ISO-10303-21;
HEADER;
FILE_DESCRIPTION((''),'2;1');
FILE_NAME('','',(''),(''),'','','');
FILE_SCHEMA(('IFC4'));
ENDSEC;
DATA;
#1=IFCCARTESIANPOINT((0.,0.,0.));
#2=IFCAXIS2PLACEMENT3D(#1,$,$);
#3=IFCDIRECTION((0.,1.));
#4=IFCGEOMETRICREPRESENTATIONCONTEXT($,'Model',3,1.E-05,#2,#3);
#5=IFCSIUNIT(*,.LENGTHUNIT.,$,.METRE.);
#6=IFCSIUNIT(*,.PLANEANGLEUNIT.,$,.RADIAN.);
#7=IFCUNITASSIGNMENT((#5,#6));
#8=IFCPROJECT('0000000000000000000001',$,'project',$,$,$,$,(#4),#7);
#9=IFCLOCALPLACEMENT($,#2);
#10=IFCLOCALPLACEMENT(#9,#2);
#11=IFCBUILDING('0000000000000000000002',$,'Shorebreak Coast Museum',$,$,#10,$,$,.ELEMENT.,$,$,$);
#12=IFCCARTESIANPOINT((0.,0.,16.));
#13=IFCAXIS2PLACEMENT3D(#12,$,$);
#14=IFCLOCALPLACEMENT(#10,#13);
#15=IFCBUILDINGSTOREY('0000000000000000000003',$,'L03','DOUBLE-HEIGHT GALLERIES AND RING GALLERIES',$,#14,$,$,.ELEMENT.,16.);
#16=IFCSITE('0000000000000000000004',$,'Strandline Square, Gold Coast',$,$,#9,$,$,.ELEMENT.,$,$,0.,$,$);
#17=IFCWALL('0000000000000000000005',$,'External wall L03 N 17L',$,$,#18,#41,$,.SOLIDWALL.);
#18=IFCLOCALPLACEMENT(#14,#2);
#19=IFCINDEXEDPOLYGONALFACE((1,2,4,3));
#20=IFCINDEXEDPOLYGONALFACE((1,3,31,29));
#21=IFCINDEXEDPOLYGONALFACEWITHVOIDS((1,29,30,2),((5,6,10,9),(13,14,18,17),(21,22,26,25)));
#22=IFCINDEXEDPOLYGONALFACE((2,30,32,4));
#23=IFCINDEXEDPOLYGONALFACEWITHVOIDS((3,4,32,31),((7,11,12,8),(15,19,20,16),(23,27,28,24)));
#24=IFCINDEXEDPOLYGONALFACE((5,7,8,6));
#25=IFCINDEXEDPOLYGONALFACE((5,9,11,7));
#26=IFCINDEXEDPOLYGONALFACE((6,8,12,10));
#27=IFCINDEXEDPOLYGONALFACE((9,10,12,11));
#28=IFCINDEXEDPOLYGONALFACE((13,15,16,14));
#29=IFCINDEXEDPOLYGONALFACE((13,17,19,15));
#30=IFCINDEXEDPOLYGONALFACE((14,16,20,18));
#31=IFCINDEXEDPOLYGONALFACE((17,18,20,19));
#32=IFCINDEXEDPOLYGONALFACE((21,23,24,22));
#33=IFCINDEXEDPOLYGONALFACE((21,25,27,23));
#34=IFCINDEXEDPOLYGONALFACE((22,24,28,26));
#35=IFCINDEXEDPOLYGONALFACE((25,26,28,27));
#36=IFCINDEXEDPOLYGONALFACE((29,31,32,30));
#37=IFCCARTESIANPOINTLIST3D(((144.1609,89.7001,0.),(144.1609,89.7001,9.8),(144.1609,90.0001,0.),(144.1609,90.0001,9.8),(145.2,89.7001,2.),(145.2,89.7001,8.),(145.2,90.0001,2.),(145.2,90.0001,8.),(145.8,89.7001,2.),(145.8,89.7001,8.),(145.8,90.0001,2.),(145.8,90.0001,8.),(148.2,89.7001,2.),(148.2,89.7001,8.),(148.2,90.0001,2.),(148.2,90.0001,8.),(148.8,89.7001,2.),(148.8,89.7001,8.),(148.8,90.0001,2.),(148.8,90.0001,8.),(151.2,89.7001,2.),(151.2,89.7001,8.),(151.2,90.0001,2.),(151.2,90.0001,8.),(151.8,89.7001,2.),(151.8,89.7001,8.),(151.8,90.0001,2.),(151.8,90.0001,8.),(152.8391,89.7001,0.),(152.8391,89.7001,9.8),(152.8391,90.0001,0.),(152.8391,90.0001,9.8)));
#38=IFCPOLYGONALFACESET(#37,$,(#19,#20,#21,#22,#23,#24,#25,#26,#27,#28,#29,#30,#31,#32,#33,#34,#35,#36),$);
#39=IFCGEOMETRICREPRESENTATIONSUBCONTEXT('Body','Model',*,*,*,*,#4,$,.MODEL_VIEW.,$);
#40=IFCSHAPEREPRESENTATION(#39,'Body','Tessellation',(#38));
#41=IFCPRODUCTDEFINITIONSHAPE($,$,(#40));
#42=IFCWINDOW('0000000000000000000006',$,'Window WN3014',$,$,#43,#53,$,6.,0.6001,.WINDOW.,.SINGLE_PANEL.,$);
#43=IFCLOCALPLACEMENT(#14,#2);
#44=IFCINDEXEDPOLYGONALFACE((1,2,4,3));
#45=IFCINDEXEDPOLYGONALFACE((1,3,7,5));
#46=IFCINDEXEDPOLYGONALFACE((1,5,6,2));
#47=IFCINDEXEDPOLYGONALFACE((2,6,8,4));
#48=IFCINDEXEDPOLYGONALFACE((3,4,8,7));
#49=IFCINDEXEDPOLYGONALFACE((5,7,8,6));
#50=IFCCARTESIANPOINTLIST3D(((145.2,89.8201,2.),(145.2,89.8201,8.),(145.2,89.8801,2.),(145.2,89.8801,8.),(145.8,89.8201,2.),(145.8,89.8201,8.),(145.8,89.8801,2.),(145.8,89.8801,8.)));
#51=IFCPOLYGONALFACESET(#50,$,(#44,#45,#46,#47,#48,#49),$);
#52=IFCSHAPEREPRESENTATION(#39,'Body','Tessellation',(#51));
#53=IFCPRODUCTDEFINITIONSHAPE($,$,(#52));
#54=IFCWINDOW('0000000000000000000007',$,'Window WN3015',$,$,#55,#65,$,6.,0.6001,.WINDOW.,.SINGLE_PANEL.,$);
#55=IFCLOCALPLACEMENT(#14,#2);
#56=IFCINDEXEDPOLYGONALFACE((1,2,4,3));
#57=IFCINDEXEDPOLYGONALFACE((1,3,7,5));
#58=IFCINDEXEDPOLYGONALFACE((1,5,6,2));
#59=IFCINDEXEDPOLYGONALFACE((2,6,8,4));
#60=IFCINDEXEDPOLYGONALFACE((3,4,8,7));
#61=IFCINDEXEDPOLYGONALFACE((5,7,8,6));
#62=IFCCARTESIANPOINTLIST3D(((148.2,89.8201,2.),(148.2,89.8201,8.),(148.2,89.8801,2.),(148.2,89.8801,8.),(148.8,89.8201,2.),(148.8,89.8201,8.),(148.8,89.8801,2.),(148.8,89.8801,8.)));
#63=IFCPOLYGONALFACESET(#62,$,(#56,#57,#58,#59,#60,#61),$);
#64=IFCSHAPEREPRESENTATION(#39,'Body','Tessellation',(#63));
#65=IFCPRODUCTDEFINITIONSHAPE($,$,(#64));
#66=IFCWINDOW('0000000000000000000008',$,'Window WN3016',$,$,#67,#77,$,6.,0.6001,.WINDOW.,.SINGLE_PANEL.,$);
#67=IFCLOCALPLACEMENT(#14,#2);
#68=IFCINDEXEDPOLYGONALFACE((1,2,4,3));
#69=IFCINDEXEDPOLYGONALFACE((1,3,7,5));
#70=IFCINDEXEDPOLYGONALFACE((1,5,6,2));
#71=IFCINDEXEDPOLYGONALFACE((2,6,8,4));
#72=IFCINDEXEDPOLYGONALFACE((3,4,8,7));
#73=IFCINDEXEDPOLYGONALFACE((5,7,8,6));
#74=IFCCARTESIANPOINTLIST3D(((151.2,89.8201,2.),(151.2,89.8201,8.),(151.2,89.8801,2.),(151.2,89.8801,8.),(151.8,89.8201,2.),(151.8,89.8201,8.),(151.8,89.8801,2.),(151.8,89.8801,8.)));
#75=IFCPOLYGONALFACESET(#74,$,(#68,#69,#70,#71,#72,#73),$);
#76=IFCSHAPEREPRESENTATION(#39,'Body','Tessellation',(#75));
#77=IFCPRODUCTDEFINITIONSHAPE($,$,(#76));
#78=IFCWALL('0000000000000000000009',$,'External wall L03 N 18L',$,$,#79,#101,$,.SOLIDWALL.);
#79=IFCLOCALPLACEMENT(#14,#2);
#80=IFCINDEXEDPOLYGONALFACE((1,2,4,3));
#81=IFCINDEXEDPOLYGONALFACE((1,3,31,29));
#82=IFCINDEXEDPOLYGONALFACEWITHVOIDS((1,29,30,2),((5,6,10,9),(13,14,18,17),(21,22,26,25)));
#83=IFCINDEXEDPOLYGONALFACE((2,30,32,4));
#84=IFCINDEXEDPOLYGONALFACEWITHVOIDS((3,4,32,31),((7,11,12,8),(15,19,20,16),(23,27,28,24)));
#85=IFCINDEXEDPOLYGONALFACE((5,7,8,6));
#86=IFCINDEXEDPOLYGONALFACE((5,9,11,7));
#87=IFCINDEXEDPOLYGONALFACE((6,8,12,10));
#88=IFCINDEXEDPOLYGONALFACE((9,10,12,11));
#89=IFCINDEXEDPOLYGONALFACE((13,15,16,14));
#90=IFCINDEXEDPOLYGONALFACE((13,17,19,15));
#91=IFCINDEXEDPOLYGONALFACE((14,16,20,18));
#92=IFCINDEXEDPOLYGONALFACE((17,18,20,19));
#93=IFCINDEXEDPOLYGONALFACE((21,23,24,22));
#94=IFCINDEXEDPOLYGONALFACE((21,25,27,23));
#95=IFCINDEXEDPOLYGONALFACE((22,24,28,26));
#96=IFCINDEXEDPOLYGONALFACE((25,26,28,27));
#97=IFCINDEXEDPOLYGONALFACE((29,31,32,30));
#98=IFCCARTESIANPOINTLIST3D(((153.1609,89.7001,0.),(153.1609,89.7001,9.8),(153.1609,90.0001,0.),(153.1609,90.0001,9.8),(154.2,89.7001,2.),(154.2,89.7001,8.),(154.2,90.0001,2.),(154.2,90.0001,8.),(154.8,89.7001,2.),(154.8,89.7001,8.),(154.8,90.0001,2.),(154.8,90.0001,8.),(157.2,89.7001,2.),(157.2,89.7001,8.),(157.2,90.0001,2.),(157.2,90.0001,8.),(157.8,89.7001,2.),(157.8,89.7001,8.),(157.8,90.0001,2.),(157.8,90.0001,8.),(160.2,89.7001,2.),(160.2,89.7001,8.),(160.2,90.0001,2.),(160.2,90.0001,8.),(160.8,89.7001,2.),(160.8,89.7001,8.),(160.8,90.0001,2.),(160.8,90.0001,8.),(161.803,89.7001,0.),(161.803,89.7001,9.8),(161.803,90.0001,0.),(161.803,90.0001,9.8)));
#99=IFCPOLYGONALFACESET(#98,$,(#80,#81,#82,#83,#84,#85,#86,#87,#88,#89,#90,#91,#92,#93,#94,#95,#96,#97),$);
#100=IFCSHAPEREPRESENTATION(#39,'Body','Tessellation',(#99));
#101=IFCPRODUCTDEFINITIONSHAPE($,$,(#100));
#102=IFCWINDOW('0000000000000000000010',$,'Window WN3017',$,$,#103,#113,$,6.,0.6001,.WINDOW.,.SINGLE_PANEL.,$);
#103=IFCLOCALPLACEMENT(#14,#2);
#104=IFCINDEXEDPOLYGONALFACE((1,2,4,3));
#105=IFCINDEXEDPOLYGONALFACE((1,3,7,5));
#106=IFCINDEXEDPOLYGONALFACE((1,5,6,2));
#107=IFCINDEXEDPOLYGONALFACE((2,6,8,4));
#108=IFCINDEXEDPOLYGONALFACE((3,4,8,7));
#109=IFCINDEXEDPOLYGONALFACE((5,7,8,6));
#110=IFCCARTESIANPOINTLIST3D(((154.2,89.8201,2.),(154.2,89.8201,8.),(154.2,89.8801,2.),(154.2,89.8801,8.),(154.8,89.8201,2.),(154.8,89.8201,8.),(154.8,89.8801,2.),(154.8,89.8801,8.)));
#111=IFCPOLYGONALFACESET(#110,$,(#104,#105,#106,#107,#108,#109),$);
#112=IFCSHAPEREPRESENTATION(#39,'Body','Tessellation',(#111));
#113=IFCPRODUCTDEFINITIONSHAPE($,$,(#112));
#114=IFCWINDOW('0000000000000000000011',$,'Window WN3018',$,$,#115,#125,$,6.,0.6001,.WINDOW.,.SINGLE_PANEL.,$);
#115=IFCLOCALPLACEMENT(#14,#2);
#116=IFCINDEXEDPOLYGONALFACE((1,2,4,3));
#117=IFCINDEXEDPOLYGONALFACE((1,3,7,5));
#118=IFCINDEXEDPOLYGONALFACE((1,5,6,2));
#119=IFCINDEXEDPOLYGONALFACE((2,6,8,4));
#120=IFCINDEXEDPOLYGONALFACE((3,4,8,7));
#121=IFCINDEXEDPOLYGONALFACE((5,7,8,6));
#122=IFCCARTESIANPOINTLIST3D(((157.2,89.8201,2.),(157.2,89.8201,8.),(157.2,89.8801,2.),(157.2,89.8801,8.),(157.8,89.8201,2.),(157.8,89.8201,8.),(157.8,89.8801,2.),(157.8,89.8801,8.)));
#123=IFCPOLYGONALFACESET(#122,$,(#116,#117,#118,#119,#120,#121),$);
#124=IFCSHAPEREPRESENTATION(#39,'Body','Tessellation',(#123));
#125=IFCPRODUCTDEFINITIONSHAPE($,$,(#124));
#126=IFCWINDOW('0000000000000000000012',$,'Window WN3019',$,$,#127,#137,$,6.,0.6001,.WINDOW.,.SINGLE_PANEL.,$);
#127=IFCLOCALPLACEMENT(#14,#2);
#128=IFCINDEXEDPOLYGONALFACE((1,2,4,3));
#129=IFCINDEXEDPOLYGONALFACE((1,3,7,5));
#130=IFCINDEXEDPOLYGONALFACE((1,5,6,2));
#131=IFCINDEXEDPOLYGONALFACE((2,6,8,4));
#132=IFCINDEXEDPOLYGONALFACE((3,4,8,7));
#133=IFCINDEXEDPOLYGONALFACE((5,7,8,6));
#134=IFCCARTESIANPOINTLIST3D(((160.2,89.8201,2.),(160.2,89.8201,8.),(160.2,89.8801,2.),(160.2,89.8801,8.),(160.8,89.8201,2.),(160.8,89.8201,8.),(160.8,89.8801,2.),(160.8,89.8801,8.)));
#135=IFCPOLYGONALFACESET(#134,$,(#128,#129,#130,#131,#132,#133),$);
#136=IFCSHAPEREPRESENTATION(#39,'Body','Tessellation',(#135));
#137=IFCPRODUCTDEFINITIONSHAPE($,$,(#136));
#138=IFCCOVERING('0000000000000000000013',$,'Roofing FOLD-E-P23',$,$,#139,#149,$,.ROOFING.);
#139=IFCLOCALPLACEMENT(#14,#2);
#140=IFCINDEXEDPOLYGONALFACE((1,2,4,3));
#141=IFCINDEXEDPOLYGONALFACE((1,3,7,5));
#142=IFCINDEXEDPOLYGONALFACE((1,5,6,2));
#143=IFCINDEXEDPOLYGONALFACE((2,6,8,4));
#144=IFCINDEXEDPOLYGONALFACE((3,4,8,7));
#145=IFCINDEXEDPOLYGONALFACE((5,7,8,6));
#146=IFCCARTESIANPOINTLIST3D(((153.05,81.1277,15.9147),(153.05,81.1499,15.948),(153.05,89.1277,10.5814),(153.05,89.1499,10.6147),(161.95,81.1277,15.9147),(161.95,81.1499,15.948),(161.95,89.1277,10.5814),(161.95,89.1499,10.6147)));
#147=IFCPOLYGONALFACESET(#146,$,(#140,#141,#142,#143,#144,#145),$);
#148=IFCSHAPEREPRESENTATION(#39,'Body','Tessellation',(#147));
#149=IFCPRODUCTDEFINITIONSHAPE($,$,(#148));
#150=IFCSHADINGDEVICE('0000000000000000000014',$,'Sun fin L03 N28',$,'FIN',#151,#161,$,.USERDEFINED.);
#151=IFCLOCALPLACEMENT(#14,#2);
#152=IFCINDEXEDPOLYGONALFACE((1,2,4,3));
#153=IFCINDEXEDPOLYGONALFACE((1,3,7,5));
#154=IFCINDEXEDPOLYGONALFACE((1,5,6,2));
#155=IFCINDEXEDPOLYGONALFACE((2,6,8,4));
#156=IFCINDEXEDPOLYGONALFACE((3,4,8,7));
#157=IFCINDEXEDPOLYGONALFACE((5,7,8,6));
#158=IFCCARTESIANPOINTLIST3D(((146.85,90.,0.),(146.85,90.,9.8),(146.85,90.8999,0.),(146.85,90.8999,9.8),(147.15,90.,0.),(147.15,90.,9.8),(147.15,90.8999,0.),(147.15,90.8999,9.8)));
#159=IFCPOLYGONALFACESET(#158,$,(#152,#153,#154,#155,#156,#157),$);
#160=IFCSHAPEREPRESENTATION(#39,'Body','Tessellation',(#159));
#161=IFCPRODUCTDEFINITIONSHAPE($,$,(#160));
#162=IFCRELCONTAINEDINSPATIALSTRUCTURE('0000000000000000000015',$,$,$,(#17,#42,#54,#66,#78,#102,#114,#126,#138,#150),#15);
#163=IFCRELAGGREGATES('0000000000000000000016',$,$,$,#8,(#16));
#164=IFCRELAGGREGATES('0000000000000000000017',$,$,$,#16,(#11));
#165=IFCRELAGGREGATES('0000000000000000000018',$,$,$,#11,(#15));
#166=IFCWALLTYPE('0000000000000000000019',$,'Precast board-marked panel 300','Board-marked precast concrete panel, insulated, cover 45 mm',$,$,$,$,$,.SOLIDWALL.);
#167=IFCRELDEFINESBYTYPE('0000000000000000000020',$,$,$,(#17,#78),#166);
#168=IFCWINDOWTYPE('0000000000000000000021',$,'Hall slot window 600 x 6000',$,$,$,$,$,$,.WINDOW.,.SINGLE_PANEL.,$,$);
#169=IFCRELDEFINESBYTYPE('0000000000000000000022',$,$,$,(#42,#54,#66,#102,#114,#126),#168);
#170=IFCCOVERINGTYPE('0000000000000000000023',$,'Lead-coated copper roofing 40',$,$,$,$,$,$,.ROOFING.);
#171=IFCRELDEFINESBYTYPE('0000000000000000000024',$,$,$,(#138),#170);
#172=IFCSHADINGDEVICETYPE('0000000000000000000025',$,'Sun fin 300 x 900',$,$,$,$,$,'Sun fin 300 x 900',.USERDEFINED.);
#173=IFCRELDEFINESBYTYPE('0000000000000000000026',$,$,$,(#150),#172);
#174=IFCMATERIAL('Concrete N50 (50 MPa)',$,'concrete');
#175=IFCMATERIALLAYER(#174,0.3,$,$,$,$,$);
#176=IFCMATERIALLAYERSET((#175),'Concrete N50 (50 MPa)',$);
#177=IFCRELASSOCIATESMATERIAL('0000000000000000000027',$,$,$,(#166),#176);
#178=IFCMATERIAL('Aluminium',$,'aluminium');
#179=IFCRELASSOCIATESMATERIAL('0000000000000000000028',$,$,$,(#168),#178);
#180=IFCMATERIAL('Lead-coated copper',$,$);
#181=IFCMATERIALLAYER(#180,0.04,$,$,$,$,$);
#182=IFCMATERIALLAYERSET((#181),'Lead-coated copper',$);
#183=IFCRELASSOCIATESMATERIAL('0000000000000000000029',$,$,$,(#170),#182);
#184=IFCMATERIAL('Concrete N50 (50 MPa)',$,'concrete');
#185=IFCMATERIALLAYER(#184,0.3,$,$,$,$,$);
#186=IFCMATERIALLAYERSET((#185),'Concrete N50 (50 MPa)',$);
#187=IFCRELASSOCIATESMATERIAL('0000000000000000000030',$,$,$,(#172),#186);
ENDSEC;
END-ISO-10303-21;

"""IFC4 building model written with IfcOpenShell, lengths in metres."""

from ifc_helpers import new_model, si_unit, direction, frame, frame_2d, origin, origin_2d, place, context, subcontext, project, spatial, polyline, rectangle, outline, extrude, material, layer, layer_set, type_object, element, fill, save


model = new_model("IFC4")

# Units and contexts
model_context = context("Model", 3, precision=1e-05, world=origin(), true_north=direction((0.0, 1.0)))
body_context = subcontext(model_context, "Body", "Model", "MODEL_VIEW")
ifc_project = project(units=[si_unit("LENGTHUNIT", "METRE"), si_unit("PLANEANGLEUNIT", "RADIAN")], contexts=[model_context])

# Site, building, storey
site_placement = place(None, origin())
site = spatial("IfcSite", under=ifc_project, at=site_placement, Name="Strandline Square, Gold Coast", CompositionType="ELEMENT", RefElevation=0.0)
building_placement = place(site_placement, origin())
building = spatial("IfcBuilding", under=site, at=building_placement, Name="Shorebreak Coast Museum", CompositionType="ELEMENT")
storey_placement = place(building_placement, frame((0.0, 0.0, 16.0)))
storey = spatial("IfcBuildingStorey", under=building, at=storey_placement, Name="L03", Description="DOUBLE-HEIGHT GALLERIES AND RING GALLERIES", CompositionType="ELEMENT", Elevation=16.0)

# Walls, openings, windows
ifc_material_1 = material(Name="Concrete N50 (50 MPa)", Category="concrete")
ifc_layer_1 = layer(ifc_material_1, 0.3)
ifc_layer_set_1 = layer_set([ifc_layer_1], Name="Concrete N50 (50 MPa)")
wall_type_1 = type_object("IfcWallType", Name="Precast board-marked panel 300", Description="Board-marked precast concrete panel, insulated, cover 45 mm", PredefinedType="SOLIDWALL", material=ifc_layer_set_1)
wall_1_placement = place(storey_placement, frame((144.1609, 89.8501, 0.0), z_axis=(0.0, 0.0, 1.0), x_axis=(1.0, 0.0, 0.0)))
wall_1 = element("IfcWall", 1, at=wall_1_placement, inside=storey, type_object=wall_type_1, Name="External wall L03 N 17L", PredefinedType="SOLIDWALL", context=body_context, shape_type="SweptSolid", body=[
    extrude(rectangle(XDim=8.6782, YDim=0.3, at=frame_2d((4.3391, 0.0))), origin(), (0.0, 0.0, 1.0), 9.8),
])
opening_1_placement = place(wall_1_placement, frame((1.0391, 0.0, 2.0)))
opening_1 = element("IfcOpeningElement", 2, at=opening_1_placement, cuts=wall_1, PredefinedType="OPENING", context=body_context, shape_type="SweptSolid", body=[
    extrude(rectangle(XDim=0.6001, YDim=6.0, at=frame_2d((0.3, 3.0))), frame((0.0, 0.1599, 0.0), z_axis=(0.0, -1.0, 0.0), x_axis=(1.0, 0.0, 0.0)), (0.0, 0.0, 1.0), 0.3201),
])
opening_2_placement = place(wall_1_placement, frame((4.0391, 0.0, 2.0)))
opening_2 = element("IfcOpeningElement", 3, at=opening_2_placement, cuts=wall_1, PredefinedType="OPENING", context=body_context, shape_type="SweptSolid", body=[
    extrude(rectangle(XDim=0.6001, YDim=6.0, at=frame_2d((0.3, 3.0))), frame((0.0, 0.1599, 0.0), z_axis=(0.0, -1.0, 0.0), x_axis=(1.0, 0.0, 0.0)), (0.0, 0.0, 1.0), 0.3201),
])
opening_3_placement = place(wall_1_placement, frame((7.0391, 0.0, 2.0)))
opening_3 = element("IfcOpeningElement", 4, at=opening_3_placement, cuts=wall_1, PredefinedType="OPENING", context=body_context, shape_type="SweptSolid", body=[
    extrude(rectangle(XDim=0.6001, YDim=6.0, at=frame_2d((0.3, 3.0))), frame((0.0, 0.1599, 0.0), z_axis=(0.0, -1.0, 0.0), x_axis=(1.0, 0.0, 0.0)), (0.0, 0.0, 1.0), 0.3201),
])
ifc_material_2 = material(Name="Aluminium", Category="aluminium")
window_type = type_object("IfcWindowType", Name="Hall slot window 600 x 6000", PartitioningType="SINGLE_PANEL", PredefinedType="WINDOW", material=ifc_material_2)
window_1_placement = place(opening_1_placement, origin())
window_1 = element("IfcWindow", 5, at=window_1_placement, inside=storey, type_object=window_type, Name="Window WN3014", OverallHeight=6.0, OverallWidth=0.6001, PartitioningType="SINGLE_PANEL", PredefinedType="WINDOW", context=body_context, shape_type="SweptSolid", body=[
    extrude(rectangle(XDim=0.6001, YDim=6.0, at=frame_2d((0.3, 3.0))), frame((0.0, 0.03, 0.0), z_axis=(0.0, -1.0, 0.0), x_axis=(1.0, 0.0, 0.0)), (0.0, 0.0, 1.0), 0.0601),
])
fill(opening_1, window_1)
window_2_placement = place(opening_2_placement, origin())
window_2 = element("IfcWindow", 6, at=window_2_placement, inside=storey, type_object=window_type, Name="Window WN3015", OverallHeight=6.0, OverallWidth=0.6001, PartitioningType="SINGLE_PANEL", PredefinedType="WINDOW", context=body_context, shape_type="SweptSolid", body=[
    extrude(rectangle(XDim=0.6001, YDim=6.0, at=frame_2d((0.3, 3.0))), frame((0.0, 0.03, 0.0), z_axis=(0.0, -1.0, 0.0), x_axis=(1.0, 0.0, 0.0)), (0.0, 0.0, 1.0), 0.0601),
])
fill(opening_2, window_2)
window_3_placement = place(opening_3_placement, origin())
window_3 = element("IfcWindow", 7, at=window_3_placement, inside=storey, type_object=window_type, Name="Window WN3016", OverallHeight=6.0, OverallWidth=0.6001, PartitioningType="SINGLE_PANEL", PredefinedType="WINDOW", context=body_context, shape_type="SweptSolid", body=[
    extrude(rectangle(XDim=0.6001, YDim=6.0, at=frame_2d((0.3, 3.0))), frame((0.0, 0.03, 0.0), z_axis=(0.0, -1.0, 0.0), x_axis=(1.0, 0.0, 0.0)), (0.0, 0.0, 1.0), 0.0601),
])
fill(opening_3, window_3)
wall_2_placement = place(storey_placement, frame((153.1609, 89.8501, 0.0), z_axis=(0.0, 0.0, 1.0), x_axis=(1.0, 0.0, 0.0)))
wall_2 = element("IfcWall", 8, at=wall_2_placement, inside=storey, type_object=wall_type_1, Name="External wall L03 N 18L", PredefinedType="SOLIDWALL", context=body_context, shape_type="SweptSolid", body=[
    extrude(rectangle(XDim=8.6421, YDim=0.3, at=frame_2d((4.321, 0.0))), origin(), (0.0, 0.0, 1.0), 9.8),
])
opening_4_placement = place(wall_2_placement, frame((1.0391, 0.0, 2.0)))
opening_4 = element("IfcOpeningElement", 9, at=opening_4_placement, cuts=wall_2, PredefinedType="OPENING", context=body_context, shape_type="SweptSolid", body=[
    extrude(rectangle(XDim=0.6001, YDim=6.0, at=frame_2d((0.3, 3.0))), frame((0.0, 0.1599, 0.0), z_axis=(0.0, -1.0, 0.0), x_axis=(1.0, 0.0, 0.0)), (0.0, 0.0, 1.0), 0.3201),
])
opening_5_placement = place(wall_2_placement, frame((4.0391, 0.0, 2.0)))
opening_5 = element("IfcOpeningElement", 10, at=opening_5_placement, cuts=wall_2, PredefinedType="OPENING", context=body_context, shape_type="SweptSolid", body=[
    extrude(rectangle(XDim=0.6001, YDim=6.0, at=frame_2d((0.3, 3.0))), frame((0.0, 0.1599, 0.0), z_axis=(0.0, -1.0, 0.0), x_axis=(1.0, 0.0, 0.0)), (0.0, 0.0, 1.0), 0.3201),
])
opening_6_placement = place(wall_2_placement, frame((7.0391, 0.0, 2.0)))
opening_6 = element("IfcOpeningElement", 11, at=opening_6_placement, cuts=wall_2, PredefinedType="OPENING", context=body_context, shape_type="SweptSolid", body=[
    extrude(rectangle(XDim=0.6001, YDim=6.0, at=frame_2d((0.3, 3.0))), frame((0.0, 0.1599, 0.0), z_axis=(0.0, -1.0, 0.0), x_axis=(1.0, 0.0, 0.0)), (0.0, 0.0, 1.0), 0.3201),
])
window_4_placement = place(opening_4_placement, origin())
window_4 = element("IfcWindow", 12, at=window_4_placement, inside=storey, type_object=window_type, Name="Window WN3017", OverallHeight=6.0, OverallWidth=0.6001, PartitioningType="SINGLE_PANEL", PredefinedType="WINDOW", context=body_context, shape_type="SweptSolid", body=[
    extrude(rectangle(XDim=0.6001, YDim=6.0, at=frame_2d((0.3, 3.0))), frame((0.0, 0.03, 0.0), z_axis=(0.0, -1.0, 0.0), x_axis=(1.0, 0.0, 0.0)), (0.0, 0.0, 1.0), 0.0601),
])
fill(opening_4, window_4)
window_5_placement = place(opening_5_placement, origin())
window_5 = element("IfcWindow", 13, at=window_5_placement, inside=storey, type_object=window_type, Name="Window WN3018", OverallHeight=6.0, OverallWidth=0.6001, PartitioningType="SINGLE_PANEL", PredefinedType="WINDOW", context=body_context, shape_type="SweptSolid", body=[
    extrude(rectangle(XDim=0.6001, YDim=6.0, at=frame_2d((0.3, 3.0))), frame((0.0, 0.03, 0.0), z_axis=(0.0, -1.0, 0.0), x_axis=(1.0, 0.0, 0.0)), (0.0, 0.0, 1.0), 0.0601),
])
fill(opening_5, window_5)
window_6_placement = place(opening_6_placement, origin())
window_6 = element("IfcWindow", 14, at=window_6_placement, inside=storey, type_object=window_type, Name="Window WN3019", OverallHeight=6.0, OverallWidth=0.6001, PartitioningType="SINGLE_PANEL", PredefinedType="WINDOW", context=body_context, shape_type="SweptSolid", body=[
    extrude(rectangle(XDim=0.6001, YDim=6.0, at=frame_2d((0.3, 3.0))), frame((0.0, 0.03, 0.0), z_axis=(0.0, -1.0, 0.0), x_axis=(1.0, 0.0, 0.0)), (0.0, 0.0, 1.0), 0.0601),
])
fill(opening_6, window_6)

# Covering
ifc_material_3 = material(Name="Lead-coated copper")
ifc_layer_2 = layer(ifc_material_3, 0.04)
ifc_layer_set_2 = layer_set([ifc_layer_2], Name="Lead-coated copper")
covering_type_1 = type_object("IfcCoveringType", Name="Lead-coated copper roofing 40", PredefinedType="ROOFING", material=ifc_layer_set_2)
covering_1_placement = place(storey_placement, frame((153.05, 81.1499, 15.948), z_axis=(0.0, 0.554694, 0.832054), x_axis=(1.0, 0.0, 0.0)))
element("IfcCovering", 15, at=covering_1_placement, inside=storey, type_object=covering_type_1, Name="Roofing FOLD-E-P23", PredefinedType="ROOFING", context=body_context, shape_type="SweptSolid", body=[
    extrude(outline(polyline([(0.0, 0.0), (8.8999, 0.0), (8.8999, 9.6148), (0.0, 9.6148), (0.0, 0.0)])), origin(), (0.0, 0.0, -1.0), 0.04),
])

# Shading device
ifc_material_4 = material(Name="Concrete N50 (50 MPa)", Category="concrete")
ifc_layer_3 = layer(ifc_material_4, 0.3)
ifc_layer_set_3 = layer_set([ifc_layer_3], Name="Concrete N50 (50 MPa)")
shading_device_type = type_object("IfcShadingDeviceType", Name="Sun fin 300 x 900", ElementType="Sun fin 300 x 900", PredefinedType="USERDEFINED", material=ifc_layer_set_3)
for number, where, z_axis, x_axis, name in (
    (16, (147.0, 90.45, 0.0), (0.0, 0.0, 1.0), (1.0, 0.0, 0.0), "Sun fin L03 N28"),
):
    element("IfcShadingDevice", number, at=place(storey_placement, frame(where, z_axis=z_axis, x_axis=x_axis)), inside=storey, type_object=shading_device_type, Name=name, ObjectType="FIN", PredefinedType="USERDEFINED", context=body_context, shape_type="SweptSolid", body=[
        extrude(rectangle(XDim=0.3, YDim=0.8999, at=origin_2d()), origin(), (0.0, 0.0, 1.0), 9.8),
    ])

save(model, "model.ifc")
